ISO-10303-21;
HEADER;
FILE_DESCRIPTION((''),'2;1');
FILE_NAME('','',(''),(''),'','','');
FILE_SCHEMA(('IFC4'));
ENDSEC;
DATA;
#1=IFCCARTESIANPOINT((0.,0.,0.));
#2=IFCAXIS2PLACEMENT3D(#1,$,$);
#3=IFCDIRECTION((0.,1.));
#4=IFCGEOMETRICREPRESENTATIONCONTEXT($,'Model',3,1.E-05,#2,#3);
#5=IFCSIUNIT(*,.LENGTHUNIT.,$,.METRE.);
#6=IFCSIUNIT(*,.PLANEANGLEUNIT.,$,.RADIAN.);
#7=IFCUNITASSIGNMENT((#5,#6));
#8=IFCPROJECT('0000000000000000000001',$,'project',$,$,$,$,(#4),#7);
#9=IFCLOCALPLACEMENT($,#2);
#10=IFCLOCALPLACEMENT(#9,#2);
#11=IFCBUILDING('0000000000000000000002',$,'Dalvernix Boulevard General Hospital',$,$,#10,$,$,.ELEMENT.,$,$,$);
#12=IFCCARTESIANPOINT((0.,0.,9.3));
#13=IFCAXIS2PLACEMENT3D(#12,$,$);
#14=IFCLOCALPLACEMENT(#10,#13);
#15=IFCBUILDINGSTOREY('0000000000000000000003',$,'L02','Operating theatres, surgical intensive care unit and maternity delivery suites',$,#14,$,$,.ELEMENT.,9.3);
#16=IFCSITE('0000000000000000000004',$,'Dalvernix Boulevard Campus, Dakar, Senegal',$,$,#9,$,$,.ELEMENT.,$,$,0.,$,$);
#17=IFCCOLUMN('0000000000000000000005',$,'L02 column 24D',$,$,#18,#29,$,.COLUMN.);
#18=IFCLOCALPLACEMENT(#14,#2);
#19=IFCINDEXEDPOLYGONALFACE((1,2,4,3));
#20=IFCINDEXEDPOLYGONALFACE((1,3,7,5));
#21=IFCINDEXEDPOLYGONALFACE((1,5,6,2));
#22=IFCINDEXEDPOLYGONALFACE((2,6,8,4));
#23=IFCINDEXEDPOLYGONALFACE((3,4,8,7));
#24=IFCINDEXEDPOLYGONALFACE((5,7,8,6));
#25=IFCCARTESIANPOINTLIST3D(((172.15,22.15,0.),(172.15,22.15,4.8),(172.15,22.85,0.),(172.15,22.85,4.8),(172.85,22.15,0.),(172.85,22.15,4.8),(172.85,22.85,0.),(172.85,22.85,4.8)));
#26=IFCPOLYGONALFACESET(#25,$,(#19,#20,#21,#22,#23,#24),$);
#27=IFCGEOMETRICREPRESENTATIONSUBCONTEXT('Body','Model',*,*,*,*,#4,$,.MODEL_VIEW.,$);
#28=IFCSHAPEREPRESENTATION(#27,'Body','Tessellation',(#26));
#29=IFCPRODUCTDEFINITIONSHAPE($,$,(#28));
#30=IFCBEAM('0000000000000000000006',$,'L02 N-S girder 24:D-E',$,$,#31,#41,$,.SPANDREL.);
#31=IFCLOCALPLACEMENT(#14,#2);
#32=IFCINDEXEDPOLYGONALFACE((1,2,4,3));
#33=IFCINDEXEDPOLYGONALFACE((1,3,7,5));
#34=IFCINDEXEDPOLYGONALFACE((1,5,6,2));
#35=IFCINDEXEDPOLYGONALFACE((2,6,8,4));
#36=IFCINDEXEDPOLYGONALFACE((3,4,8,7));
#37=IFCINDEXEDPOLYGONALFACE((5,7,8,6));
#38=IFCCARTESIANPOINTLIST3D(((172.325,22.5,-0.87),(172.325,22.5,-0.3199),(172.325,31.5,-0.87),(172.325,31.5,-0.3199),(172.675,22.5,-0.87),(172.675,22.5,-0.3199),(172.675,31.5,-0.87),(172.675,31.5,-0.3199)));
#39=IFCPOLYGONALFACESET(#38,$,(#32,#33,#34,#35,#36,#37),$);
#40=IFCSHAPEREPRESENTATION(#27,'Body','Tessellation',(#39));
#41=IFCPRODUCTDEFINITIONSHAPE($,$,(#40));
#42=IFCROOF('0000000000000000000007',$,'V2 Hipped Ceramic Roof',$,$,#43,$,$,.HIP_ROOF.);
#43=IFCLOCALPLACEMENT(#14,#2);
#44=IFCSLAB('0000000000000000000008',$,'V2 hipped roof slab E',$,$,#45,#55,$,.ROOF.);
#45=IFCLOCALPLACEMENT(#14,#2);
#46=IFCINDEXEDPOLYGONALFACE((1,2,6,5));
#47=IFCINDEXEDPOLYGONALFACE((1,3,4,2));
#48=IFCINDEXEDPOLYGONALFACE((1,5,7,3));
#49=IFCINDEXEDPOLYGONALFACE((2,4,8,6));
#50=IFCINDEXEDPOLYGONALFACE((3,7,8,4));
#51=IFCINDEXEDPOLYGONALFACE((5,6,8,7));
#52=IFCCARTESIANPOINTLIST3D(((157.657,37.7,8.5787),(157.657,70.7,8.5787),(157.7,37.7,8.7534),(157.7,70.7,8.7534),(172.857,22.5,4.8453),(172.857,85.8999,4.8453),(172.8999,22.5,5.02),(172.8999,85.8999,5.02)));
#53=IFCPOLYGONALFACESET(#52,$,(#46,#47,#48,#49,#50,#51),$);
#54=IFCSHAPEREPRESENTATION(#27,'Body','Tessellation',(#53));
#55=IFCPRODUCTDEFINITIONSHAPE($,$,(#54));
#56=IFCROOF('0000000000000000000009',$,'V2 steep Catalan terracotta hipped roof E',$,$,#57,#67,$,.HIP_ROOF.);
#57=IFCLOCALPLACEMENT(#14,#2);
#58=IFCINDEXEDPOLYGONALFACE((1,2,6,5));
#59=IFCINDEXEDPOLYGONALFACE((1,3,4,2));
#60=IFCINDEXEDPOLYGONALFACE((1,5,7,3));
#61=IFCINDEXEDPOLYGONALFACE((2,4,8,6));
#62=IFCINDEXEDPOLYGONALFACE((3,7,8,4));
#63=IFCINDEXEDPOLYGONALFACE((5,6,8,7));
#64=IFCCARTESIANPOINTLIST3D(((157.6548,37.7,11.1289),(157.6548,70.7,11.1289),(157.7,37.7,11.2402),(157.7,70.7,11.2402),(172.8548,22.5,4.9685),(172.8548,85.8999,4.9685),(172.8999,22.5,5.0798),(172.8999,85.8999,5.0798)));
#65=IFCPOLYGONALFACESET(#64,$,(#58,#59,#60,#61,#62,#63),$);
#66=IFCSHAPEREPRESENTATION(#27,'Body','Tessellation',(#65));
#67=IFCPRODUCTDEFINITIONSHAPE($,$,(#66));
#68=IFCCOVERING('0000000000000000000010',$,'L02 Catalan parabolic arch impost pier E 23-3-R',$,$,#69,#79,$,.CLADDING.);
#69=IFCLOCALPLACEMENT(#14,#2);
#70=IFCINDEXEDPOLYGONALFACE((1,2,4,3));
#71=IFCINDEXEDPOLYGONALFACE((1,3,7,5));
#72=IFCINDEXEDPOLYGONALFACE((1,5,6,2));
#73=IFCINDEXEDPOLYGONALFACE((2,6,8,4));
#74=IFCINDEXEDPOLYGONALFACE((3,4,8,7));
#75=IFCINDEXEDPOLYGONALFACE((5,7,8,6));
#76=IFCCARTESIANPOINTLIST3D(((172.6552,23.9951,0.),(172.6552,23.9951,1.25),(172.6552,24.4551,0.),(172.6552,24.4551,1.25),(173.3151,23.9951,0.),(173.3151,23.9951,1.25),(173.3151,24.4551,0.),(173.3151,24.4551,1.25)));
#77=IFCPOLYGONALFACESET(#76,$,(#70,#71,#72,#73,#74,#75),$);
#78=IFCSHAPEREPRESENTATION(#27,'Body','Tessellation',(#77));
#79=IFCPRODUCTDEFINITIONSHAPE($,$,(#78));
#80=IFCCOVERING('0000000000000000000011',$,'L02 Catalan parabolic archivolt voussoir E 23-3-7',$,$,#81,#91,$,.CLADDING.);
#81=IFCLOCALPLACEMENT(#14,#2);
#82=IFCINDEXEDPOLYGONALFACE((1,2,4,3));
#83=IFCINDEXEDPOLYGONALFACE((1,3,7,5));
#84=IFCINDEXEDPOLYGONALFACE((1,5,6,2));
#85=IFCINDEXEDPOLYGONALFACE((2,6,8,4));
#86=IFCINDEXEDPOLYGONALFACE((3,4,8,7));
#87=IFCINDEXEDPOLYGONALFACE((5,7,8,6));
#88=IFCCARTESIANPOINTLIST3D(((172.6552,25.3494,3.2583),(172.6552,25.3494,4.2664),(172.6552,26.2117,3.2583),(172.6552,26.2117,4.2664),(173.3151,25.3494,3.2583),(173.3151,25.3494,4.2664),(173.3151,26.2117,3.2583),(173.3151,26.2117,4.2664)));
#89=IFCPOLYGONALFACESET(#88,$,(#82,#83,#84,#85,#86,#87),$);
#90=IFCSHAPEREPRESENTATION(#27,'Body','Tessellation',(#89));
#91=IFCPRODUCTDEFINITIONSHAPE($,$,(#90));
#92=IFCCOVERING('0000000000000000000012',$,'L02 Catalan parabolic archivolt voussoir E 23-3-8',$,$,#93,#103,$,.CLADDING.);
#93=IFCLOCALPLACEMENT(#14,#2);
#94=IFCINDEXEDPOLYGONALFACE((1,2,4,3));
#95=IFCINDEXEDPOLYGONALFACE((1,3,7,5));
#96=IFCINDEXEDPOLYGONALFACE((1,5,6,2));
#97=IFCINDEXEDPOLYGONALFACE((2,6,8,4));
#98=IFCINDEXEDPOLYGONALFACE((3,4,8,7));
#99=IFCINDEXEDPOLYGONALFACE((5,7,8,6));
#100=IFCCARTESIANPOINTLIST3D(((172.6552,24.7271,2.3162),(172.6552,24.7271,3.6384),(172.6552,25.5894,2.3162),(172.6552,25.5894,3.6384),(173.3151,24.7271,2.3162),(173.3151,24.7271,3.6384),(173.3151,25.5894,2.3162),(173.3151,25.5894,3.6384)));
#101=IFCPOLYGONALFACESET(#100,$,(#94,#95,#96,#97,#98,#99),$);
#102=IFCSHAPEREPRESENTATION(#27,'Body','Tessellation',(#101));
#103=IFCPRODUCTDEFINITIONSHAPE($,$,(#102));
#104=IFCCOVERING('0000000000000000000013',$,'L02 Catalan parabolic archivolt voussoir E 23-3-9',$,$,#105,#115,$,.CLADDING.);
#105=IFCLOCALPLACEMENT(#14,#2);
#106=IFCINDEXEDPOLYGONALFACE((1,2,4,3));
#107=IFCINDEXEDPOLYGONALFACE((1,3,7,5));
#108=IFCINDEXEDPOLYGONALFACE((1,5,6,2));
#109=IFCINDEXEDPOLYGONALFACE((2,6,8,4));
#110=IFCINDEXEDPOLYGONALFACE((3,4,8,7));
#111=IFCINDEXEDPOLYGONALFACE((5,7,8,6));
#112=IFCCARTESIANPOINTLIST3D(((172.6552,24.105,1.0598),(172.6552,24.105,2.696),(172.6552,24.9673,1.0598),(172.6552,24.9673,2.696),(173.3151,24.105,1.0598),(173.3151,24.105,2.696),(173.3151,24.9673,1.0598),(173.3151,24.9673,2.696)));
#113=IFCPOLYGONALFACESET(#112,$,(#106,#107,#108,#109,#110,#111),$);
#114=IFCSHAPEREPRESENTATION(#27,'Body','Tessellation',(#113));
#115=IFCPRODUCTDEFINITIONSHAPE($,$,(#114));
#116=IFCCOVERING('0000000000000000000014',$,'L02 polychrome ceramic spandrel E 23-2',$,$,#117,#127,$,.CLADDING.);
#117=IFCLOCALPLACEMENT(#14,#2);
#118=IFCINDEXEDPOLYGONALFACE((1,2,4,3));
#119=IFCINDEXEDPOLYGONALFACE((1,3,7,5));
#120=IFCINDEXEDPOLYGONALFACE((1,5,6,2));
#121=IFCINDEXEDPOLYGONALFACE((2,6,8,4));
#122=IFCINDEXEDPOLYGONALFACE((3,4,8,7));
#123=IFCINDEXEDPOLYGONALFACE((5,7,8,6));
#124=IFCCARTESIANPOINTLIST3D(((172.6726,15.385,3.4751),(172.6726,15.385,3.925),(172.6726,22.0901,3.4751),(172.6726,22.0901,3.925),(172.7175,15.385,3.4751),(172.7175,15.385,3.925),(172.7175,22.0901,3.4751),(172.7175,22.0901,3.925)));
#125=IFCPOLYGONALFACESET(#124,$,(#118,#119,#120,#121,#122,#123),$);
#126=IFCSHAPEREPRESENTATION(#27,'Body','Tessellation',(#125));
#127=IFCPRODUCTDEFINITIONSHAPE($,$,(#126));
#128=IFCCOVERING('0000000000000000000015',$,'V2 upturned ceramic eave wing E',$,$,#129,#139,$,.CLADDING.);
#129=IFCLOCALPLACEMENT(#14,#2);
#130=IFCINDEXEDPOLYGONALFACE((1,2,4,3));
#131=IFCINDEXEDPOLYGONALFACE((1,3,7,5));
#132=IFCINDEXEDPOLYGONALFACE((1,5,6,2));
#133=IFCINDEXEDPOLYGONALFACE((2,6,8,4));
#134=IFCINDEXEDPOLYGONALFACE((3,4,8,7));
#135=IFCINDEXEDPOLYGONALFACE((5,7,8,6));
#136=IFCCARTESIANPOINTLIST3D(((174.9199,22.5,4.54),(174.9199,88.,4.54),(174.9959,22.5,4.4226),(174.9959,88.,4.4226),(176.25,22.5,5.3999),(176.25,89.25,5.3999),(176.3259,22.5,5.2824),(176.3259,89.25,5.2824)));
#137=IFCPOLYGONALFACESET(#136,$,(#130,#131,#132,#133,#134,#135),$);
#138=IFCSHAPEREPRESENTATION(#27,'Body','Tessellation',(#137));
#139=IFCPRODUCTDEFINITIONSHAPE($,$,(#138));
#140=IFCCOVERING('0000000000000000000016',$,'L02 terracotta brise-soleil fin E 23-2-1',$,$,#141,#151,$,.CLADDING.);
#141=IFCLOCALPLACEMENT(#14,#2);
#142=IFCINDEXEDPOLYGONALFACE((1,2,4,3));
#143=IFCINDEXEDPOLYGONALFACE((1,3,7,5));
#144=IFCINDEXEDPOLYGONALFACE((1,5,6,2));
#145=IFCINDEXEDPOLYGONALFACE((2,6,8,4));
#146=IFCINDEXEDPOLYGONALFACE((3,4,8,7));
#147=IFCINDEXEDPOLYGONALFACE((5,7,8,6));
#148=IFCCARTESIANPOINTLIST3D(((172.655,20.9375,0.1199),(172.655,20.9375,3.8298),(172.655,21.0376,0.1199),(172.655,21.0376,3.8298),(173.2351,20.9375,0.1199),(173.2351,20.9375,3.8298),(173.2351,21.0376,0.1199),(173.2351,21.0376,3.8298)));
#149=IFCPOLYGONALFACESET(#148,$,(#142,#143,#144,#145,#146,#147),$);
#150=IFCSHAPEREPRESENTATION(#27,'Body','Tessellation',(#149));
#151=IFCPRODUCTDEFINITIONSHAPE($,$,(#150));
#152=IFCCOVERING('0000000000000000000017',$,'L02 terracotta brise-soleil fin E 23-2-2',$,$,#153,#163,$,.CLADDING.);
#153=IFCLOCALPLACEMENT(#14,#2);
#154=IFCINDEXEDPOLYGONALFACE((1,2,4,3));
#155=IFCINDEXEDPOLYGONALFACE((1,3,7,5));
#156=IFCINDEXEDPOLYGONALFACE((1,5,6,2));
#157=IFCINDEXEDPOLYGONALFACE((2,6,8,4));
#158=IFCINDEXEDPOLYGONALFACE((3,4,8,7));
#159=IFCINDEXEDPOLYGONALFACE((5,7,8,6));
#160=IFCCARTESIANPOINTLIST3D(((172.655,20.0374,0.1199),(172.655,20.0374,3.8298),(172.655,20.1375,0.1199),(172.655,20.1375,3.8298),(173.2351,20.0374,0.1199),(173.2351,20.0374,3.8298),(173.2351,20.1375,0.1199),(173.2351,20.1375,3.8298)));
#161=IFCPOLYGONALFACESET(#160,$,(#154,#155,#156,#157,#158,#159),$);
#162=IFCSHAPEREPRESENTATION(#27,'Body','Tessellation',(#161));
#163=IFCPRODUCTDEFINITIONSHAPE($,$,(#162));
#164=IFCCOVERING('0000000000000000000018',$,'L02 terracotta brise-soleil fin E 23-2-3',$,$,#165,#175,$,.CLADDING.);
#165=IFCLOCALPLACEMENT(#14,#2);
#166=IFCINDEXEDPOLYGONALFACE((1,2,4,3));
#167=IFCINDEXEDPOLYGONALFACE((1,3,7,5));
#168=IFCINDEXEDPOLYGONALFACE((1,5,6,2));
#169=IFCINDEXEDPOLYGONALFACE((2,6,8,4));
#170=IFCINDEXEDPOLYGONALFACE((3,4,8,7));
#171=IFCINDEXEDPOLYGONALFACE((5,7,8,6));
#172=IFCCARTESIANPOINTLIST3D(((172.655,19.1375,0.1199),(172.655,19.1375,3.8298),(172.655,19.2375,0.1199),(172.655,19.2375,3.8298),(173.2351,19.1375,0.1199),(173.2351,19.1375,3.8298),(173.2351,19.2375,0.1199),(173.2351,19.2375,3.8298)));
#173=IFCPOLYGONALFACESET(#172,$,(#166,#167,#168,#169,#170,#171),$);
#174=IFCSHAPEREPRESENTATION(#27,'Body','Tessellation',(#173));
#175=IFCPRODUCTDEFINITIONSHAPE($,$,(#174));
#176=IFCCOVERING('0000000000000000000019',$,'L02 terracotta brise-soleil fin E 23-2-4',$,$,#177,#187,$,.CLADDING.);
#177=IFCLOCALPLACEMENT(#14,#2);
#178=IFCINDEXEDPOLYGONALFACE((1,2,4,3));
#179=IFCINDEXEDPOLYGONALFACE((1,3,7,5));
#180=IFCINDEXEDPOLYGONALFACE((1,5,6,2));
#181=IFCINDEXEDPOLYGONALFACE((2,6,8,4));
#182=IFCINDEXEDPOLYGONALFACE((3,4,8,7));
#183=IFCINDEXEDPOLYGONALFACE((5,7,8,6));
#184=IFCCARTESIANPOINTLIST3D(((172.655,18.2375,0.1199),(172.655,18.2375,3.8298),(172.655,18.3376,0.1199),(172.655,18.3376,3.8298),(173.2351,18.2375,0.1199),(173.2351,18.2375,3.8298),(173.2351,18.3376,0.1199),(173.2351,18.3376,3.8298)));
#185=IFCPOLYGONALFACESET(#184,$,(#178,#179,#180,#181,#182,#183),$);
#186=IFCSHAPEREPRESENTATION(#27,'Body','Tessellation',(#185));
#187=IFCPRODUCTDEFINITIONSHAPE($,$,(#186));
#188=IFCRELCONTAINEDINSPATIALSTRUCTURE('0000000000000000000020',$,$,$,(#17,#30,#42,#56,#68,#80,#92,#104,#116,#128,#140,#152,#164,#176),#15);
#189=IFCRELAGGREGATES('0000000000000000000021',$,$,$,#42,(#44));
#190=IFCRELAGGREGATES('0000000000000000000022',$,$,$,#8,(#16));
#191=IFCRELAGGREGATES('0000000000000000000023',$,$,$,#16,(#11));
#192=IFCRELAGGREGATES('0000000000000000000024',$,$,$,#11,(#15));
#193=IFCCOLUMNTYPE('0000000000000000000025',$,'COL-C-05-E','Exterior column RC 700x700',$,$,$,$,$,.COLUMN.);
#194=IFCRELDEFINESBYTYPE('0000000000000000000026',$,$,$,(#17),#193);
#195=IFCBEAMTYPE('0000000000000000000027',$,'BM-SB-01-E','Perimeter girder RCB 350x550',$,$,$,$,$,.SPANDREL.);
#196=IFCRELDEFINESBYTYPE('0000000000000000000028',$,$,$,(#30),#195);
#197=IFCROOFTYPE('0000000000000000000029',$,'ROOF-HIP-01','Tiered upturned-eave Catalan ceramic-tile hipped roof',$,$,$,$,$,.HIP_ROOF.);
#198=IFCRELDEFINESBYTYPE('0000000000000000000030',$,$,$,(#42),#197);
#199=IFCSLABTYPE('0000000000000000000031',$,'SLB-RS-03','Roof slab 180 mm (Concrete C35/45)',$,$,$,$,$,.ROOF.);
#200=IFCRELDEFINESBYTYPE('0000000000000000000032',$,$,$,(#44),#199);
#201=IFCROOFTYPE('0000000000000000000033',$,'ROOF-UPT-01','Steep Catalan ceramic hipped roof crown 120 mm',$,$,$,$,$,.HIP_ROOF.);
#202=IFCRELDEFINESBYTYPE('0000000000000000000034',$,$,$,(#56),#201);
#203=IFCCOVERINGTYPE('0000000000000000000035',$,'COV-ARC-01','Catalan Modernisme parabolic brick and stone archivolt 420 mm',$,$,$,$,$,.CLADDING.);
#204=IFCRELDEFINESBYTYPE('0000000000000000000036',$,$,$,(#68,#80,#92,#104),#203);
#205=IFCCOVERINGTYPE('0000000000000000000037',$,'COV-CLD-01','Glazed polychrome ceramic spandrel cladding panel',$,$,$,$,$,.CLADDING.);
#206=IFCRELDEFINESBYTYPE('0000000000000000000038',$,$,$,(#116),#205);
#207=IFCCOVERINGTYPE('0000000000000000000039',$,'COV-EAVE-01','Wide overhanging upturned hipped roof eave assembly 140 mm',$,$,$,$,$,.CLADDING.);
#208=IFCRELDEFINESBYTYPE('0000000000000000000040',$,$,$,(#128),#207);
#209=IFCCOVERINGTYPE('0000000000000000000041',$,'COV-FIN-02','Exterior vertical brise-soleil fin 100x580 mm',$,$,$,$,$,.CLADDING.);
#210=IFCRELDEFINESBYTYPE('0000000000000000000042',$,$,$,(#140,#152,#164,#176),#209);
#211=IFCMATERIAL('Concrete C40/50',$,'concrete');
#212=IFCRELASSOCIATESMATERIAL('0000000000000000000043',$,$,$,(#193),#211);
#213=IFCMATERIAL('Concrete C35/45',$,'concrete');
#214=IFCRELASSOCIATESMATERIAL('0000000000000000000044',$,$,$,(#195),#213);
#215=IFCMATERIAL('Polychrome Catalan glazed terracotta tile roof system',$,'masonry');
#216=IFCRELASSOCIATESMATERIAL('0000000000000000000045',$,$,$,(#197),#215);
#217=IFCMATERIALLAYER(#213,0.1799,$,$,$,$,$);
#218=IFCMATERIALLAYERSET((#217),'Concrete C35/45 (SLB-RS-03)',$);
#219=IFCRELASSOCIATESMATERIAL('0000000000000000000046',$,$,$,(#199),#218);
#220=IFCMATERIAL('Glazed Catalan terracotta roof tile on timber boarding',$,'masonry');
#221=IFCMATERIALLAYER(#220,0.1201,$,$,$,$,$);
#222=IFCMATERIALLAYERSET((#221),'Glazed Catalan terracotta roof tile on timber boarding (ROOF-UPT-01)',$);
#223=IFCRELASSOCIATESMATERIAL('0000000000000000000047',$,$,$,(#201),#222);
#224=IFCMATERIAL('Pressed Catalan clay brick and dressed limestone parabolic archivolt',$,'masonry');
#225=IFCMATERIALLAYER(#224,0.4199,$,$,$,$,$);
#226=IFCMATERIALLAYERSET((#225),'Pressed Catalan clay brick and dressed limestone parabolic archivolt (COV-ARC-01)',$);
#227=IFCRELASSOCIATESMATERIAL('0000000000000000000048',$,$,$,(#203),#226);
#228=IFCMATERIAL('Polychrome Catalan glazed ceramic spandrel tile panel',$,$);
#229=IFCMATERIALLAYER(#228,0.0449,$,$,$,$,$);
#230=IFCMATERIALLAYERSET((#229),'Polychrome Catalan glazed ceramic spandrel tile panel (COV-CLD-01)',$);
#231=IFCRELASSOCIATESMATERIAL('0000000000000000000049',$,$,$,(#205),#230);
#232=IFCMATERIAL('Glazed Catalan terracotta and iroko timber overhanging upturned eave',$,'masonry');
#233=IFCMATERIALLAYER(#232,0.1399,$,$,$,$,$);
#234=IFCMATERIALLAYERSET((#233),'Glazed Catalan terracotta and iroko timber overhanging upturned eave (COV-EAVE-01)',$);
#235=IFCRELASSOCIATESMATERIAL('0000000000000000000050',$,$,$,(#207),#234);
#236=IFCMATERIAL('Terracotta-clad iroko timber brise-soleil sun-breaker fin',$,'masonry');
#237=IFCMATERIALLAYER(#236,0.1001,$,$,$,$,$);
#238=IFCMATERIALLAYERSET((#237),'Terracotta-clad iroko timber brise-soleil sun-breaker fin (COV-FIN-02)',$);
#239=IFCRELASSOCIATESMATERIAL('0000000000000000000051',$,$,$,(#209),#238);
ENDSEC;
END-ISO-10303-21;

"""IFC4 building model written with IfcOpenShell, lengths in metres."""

from ifc_helpers import new_model, si_unit, direction, frame, origin, origin_2d, place, context, subcontext, project, spatial, polyline, rectangle, outline, extrude, material, layer, layer_set, material_profile, profile_set, type_object, element, aggregate, save


model = new_model("IFC4")

# Units and contexts
model_context = context("Model", 3, precision=1e-05, world=origin(), true_north=direction((0.0, 1.0)))
body_context = subcontext(model_context, "Body", "Model", "MODEL_VIEW")
ifc_project = project(units=[si_unit("LENGTHUNIT", "METRE"), si_unit("PLANEANGLEUNIT", "RADIAN")], contexts=[model_context])

# Site, building, storey
site_placement = place(None, origin())
site = spatial("IfcSite", under=ifc_project, at=site_placement, Name="Dalvernix Boulevard Campus, Dakar, Senegal", CompositionType="ELEMENT", RefElevation=0.0)
building_placement = place(site_placement, origin())
building = spatial("IfcBuilding", under=site, at=building_placement, Name="Dalvernix Boulevard General Hospital", CompositionType="ELEMENT")
storey_placement = place(building_placement, frame((0.0, 0.0, 9.3)))
storey = spatial("IfcBuildingStorey", under=building, at=storey_placement, Name="L02", Description="Operating theatres, surgical intensive care unit and maternity delivery suites", CompositionType="ELEMENT", Elevation=9.3)

# Column
ifc_material_1 = material(Name="Concrete C40/50", Category="concrete")
ifc_material_profile_1 = material_profile(ifc_material_1, rectangle(XDim=0.7, YDim=0.7, at=origin_2d()), Name="RC 700x700")
ifc_profile_set_1 = profile_set([ifc_material_profile_1], Name="Concrete C40/50")
column_type = type_object("IfcColumnType", Name="COL-C-05-E", Description="Exterior column RC 700x700", PredefinedType="COLUMN", material=ifc_profile_set_1)
column_placement = place(storey_placement, frame((172.5, 22.5, 0.0), z_axis=(0.0, 0.0, 1.0), x_axis=(1.0, 0.0, 0.0)))
element("IfcColumn", 1, at=column_placement, inside=storey, type_object=column_type, Name="L02 column 24D", PredefinedType="COLUMN", context=body_context, shape_type="SweptSolid", body=[
    extrude(rectangle(XDim=0.7, YDim=0.7, at=origin_2d()), origin(), (0.0, 0.0, 1.0), 4.8),
])

# Beam
ifc_material_2 = material(Name="Concrete C35/45", Category="concrete")
ifc_material_profile_2 = material_profile(ifc_material_2, rectangle(XDim=0.3501, YDim=0.55, at=origin_2d()), Name="RCB 350x550")
ifc_profile_set_2 = profile_set([ifc_material_profile_2], Name="Concrete C35/45")
beam_type = type_object("IfcBeamType", Name="BM-SB-01-E", Description="Perimeter girder RCB 350x550", PredefinedType="SPANDREL", material=ifc_profile_set_2)
beam_placement = place(storey_placement, frame((172.5, 22.5, -0.595), z_axis=(0.0, 1.0, 0.0), x_axis=(-1.0, 0.0, 0.0)))
element("IfcBeam", 2, at=beam_placement, inside=storey, type_object=beam_type, Name="L02 N-S girder 24:D-E", PredefinedType="SPANDREL", context=body_context, shape_type="SweptSolid", body=[
    extrude(rectangle(XDim=0.3501, YDim=0.55, at=origin_2d()), origin(), (0.0, 0.0, 1.0), 9.0),
])

# Roof, slab
ifc_material_3 = material(Name="Polychrome Catalan glazed terracotta tile roof system", Category="masonry")
roof_type_1 = type_object("IfcRoofType", Name="ROOF-HIP-01", Description="Tiered upturned-eave Catalan ceramic-tile hipped roof", PredefinedType="HIP_ROOF", material=ifc_material_3)
roof_1_placement = place(storey_placement, origin())
roof_1 = element("IfcRoof", 3, at=roof_1_placement, inside=storey, type_object=roof_type_1, Name="V2 Hipped Ceramic Roof", PredefinedType="HIP_ROOF")
ifc_layer_1 = layer(ifc_material_2, 0.1799)
ifc_layer_set_1 = layer_set([ifc_layer_1], Name="Concrete C35/45 (SLB-RS-03)")
slab_type = type_object("IfcSlabType", Name="SLB-RS-03", Description="Roof slab 180 mm (Concrete C35/45)", PredefinedType="ROOF", material=ifc_layer_set_1)
slab_placement = place(storey_placement, frame((172.8999, 22.5, 5.02), z_axis=(0.238529, 0.0, 0.971135), x_axis=(0.0, 1.0, 0.0)))
slab = element("IfcSlab", 4, at=slab_placement, type_object=slab_type, Name="V2 hipped roof slab E", PredefinedType="ROOF", context=body_context, shape_type="SweptSolid", body=[
    extrude(outline(polyline([(0.0, 0.0), (63.3999, 0.0), (48.2, 15.6517), (15.2, 15.6517), (0.0, 0.0)])), origin(), (0.0, 0.0, -1.0), 0.1799),
])
aggregate(roof_1, [slab])

# Roof
ifc_material_4 = material(Name="Glazed Catalan terracotta roof tile on timber boarding", Category="masonry")
ifc_layer_2 = layer(ifc_material_4, 0.1201)
ifc_layer_set_2 = layer_set([ifc_layer_2], Name="Glazed Catalan terracotta roof tile on timber boarding (ROOF-UPT-01)")
roof_type_2 = type_object("IfcRoofType", Name="ROOF-UPT-01", Description="Steep Catalan ceramic hipped roof crown 120 mm", PredefinedType="HIP_ROOF", material=ifc_layer_set_2)
roof_2_placement = place(storey_placement, frame((172.8999, 22.5, 5.0798), z_axis=(0.375614, 0.0, 0.926776), x_axis=(0.0, 1.0, 0.0)))
element("IfcRoof", 5, at=roof_2_placement, inside=storey, type_object=roof_type_2, Name="V2 steep Catalan terracotta hipped roof E", PredefinedType="HIP_ROOF", context=body_context, shape_type="SweptSolid", body=[
    extrude(outline(polyline([(0.0, 0.0), (63.3999, 0.0), (48.2, 16.4009), (15.2, 16.4009), (0.0, 0.0)])), origin(), (0.0, 0.0, -1.0), 0.1201),
])

# Coverings
ifc_material_5 = material(Name="Pressed Catalan clay brick and dressed limestone parabolic archivolt", Category="masonry")
ifc_layer_3 = layer(ifc_material_5, 0.4199)
ifc_layer_set_3 = layer_set([ifc_layer_3], Name="Pressed Catalan clay brick and dressed limestone parabolic archivolt (COV-ARC-01)")
covering_type_1 = type_object("IfcCoveringType", Name="COV-ARC-01", Description="Catalan Modernisme parabolic brick and stone archivolt 420 mm", PredefinedType="CLADDING", material=ifc_layer_set_3)
covering_1_placement = place(storey_placement, frame((172.9851, 24.2251, 0.0), z_axis=(0.0, 0.0, 1.0), x_axis=(0.0, -1.0, 0.0)))
element("IfcCovering", 6, at=covering_1_placement, inside=storey, type_object=covering_type_1, Name="L02 Catalan parabolic arch impost pier E 23-3-R", PredefinedType="CLADDING", context=body_context, shape_type="SweptSolid", body=[
    extrude(rectangle(XDim=0.46, YDim=0.6599, at=origin_2d()), origin(), (0.0, 0.0, 1.0), 1.25),
])
covering_2_placement = place(storey_placement, frame((172.9851, 25.7805, 3.2583), z_axis=(0.0, 0.0, 1.0), x_axis=(0.0, -1.0, 0.0)))
element("IfcCovering", 7, at=covering_2_placement, inside=storey, type_object=covering_type_1, Name="L02 Catalan parabolic archivolt voussoir E 23-3-7", PredefinedType="CLADDING", context=body_context, shape_type="SweptSolid", body=[
    extrude(rectangle(XDim=0.8623, YDim=0.6599, at=origin_2d()), origin(), (0.0, 0.0, 1.0), 1.0081),
])
covering_3_placement = place(storey_placement, frame((172.9851, 25.1582, 2.3162), z_axis=(0.0, 0.0, 1.0), x_axis=(0.0, -1.0, 0.0)))
element("IfcCovering", 8, at=covering_3_placement, inside=storey, type_object=covering_type_1, Name="L02 Catalan parabolic archivolt voussoir E 23-3-8", PredefinedType="CLADDING", context=body_context, shape_type="SweptSolid", body=[
    extrude(rectangle(XDim=0.8623, YDim=0.6599, at=origin_2d()), origin(), (0.0, 0.0, 1.0), 1.3223),
])
covering_4_placement = place(storey_placement, frame((172.9851, 24.5361, 1.0598), z_axis=(0.0, 0.0, 1.0), x_axis=(0.0, -1.0, 0.0)))
element("IfcCovering", 9, at=covering_4_placement, inside=storey, type_object=covering_type_1, Name="L02 Catalan parabolic archivolt voussoir E 23-3-9", PredefinedType="CLADDING", context=body_context, shape_type="SweptSolid", body=[
    extrude(rectangle(XDim=0.8623, YDim=0.6599, at=origin_2d()), origin(), (0.0, 0.0, 1.0), 1.6362),
])
ifc_material_6 = material(Name="Polychrome Catalan glazed ceramic spandrel tile panel")
ifc_layer_4 = layer(ifc_material_6, 0.0449)
ifc_layer_set_4 = layer_set([ifc_layer_4], Name="Polychrome Catalan glazed ceramic spandrel tile panel (COV-CLD-01)")
covering_type_2 = type_object("IfcCoveringType", Name="COV-CLD-01", Description="Glazed polychrome ceramic spandrel cladding panel", PredefinedType="CLADDING", material=ifc_layer_set_4)
covering_5_placement = place(storey_placement, frame((172.6951, 18.7375, 3.4751), z_axis=(0.0, 0.0, 1.0), x_axis=(0.0, -1.0, 0.0)))
element("IfcCovering", 10, at=covering_5_placement, inside=storey, type_object=covering_type_2, Name="L02 polychrome ceramic spandrel E 23-2", PredefinedType="CLADDING", context=body_context, shape_type="SweptSolid", body=[
    extrude(rectangle(XDim=6.7051, YDim=0.0449, at=origin_2d()), origin(), (0.0, 0.0, 1.0), 0.45),
])
ifc_material_7 = material(Name="Glazed Catalan terracotta and iroko timber overhanging upturned eave", Category="masonry")
ifc_layer_5 = layer(ifc_material_7, 0.1399)
ifc_layer_set_5 = layer_set([ifc_layer_5], Name="Glazed Catalan terracotta and iroko timber overhanging upturned eave (COV-EAVE-01)")
covering_type_3 = type_object("IfcCoveringType", Name="COV-EAVE-01", Description="Wide overhanging upturned hipped roof eave assembly 140 mm", PredefinedType="CLADDING", material=ifc_layer_set_5)
covering_6_placement = place(storey_placement, frame((174.9199, 22.5, 4.54), z_axis=(-0.542906, 0.0, 0.839793), x_axis=(0.0, 1.0, 0.0)))
element("IfcCovering", 11, at=covering_6_placement, inside=storey, type_object=covering_type_3, Name="V2 upturned ceramic eave wing E", PredefinedType="CLADDING", context=body_context, shape_type="SweptSolid", body=[
    extrude(outline(polyline([(0.0, 0.0), (65.5, 0.0), (66.75, -1.5838), (0.0, -1.5838), (0.0, 0.0)])), origin(), (0.0, 0.0, -1.0), 0.1399),
])
ifc_material_8 = material(Name="Terracotta-clad iroko timber brise-soleil sun-breaker fin", Category="masonry")
ifc_layer_6 = layer(ifc_material_8, 0.1001)
ifc_layer_set_6 = layer_set([ifc_layer_6], Name="Terracotta-clad iroko timber brise-soleil sun-breaker fin (COV-FIN-02)")
covering_type_4 = type_object("IfcCoveringType", Name="COV-FIN-02", Description="Exterior vertical brise-soleil fin 100x580 mm", PredefinedType="CLADDING", material=ifc_layer_set_6)
for number, where, z_axis, x_axis, name in (
    (12, (172.9451, 20.9875, 0.1199), (0.0, 0.0, 1.0), (0.0, -1.0, 0.0), "L02 terracotta brise-soleil fin E 23-2-1"),
    (13, (172.9451, 20.0874, 0.1199), (0.0, 0.0, 1.0), (0.0, -1.0, 0.0), "L02 terracotta brise-soleil fin E 23-2-2"),
    (14, (172.9451, 19.1875, 0.1199), (0.0, 0.0, 1.0), (0.0, -1.0, 0.0), "L02 terracotta brise-soleil fin E 23-2-3"),
    (15, (172.9451, 18.2876, 0.1199), (0.0, 0.0, 1.0), (0.0, -1.0, 0.0), "L02 terracotta brise-soleil fin E 23-2-4"),
):
    element("IfcCovering", number, at=place(storey_placement, frame(where, z_axis=z_axis, x_axis=x_axis)), inside=storey, type_object=covering_type_4, Name=name, PredefinedType="CLADDING", context=body_context, shape_type="SweptSolid", body=[
        extrude(rectangle(XDim=0.1001, YDim=0.5801, at=origin_2d()), origin(), (0.0, 0.0, 1.0), 3.71),
    ])

save(model, "model.ifc")
